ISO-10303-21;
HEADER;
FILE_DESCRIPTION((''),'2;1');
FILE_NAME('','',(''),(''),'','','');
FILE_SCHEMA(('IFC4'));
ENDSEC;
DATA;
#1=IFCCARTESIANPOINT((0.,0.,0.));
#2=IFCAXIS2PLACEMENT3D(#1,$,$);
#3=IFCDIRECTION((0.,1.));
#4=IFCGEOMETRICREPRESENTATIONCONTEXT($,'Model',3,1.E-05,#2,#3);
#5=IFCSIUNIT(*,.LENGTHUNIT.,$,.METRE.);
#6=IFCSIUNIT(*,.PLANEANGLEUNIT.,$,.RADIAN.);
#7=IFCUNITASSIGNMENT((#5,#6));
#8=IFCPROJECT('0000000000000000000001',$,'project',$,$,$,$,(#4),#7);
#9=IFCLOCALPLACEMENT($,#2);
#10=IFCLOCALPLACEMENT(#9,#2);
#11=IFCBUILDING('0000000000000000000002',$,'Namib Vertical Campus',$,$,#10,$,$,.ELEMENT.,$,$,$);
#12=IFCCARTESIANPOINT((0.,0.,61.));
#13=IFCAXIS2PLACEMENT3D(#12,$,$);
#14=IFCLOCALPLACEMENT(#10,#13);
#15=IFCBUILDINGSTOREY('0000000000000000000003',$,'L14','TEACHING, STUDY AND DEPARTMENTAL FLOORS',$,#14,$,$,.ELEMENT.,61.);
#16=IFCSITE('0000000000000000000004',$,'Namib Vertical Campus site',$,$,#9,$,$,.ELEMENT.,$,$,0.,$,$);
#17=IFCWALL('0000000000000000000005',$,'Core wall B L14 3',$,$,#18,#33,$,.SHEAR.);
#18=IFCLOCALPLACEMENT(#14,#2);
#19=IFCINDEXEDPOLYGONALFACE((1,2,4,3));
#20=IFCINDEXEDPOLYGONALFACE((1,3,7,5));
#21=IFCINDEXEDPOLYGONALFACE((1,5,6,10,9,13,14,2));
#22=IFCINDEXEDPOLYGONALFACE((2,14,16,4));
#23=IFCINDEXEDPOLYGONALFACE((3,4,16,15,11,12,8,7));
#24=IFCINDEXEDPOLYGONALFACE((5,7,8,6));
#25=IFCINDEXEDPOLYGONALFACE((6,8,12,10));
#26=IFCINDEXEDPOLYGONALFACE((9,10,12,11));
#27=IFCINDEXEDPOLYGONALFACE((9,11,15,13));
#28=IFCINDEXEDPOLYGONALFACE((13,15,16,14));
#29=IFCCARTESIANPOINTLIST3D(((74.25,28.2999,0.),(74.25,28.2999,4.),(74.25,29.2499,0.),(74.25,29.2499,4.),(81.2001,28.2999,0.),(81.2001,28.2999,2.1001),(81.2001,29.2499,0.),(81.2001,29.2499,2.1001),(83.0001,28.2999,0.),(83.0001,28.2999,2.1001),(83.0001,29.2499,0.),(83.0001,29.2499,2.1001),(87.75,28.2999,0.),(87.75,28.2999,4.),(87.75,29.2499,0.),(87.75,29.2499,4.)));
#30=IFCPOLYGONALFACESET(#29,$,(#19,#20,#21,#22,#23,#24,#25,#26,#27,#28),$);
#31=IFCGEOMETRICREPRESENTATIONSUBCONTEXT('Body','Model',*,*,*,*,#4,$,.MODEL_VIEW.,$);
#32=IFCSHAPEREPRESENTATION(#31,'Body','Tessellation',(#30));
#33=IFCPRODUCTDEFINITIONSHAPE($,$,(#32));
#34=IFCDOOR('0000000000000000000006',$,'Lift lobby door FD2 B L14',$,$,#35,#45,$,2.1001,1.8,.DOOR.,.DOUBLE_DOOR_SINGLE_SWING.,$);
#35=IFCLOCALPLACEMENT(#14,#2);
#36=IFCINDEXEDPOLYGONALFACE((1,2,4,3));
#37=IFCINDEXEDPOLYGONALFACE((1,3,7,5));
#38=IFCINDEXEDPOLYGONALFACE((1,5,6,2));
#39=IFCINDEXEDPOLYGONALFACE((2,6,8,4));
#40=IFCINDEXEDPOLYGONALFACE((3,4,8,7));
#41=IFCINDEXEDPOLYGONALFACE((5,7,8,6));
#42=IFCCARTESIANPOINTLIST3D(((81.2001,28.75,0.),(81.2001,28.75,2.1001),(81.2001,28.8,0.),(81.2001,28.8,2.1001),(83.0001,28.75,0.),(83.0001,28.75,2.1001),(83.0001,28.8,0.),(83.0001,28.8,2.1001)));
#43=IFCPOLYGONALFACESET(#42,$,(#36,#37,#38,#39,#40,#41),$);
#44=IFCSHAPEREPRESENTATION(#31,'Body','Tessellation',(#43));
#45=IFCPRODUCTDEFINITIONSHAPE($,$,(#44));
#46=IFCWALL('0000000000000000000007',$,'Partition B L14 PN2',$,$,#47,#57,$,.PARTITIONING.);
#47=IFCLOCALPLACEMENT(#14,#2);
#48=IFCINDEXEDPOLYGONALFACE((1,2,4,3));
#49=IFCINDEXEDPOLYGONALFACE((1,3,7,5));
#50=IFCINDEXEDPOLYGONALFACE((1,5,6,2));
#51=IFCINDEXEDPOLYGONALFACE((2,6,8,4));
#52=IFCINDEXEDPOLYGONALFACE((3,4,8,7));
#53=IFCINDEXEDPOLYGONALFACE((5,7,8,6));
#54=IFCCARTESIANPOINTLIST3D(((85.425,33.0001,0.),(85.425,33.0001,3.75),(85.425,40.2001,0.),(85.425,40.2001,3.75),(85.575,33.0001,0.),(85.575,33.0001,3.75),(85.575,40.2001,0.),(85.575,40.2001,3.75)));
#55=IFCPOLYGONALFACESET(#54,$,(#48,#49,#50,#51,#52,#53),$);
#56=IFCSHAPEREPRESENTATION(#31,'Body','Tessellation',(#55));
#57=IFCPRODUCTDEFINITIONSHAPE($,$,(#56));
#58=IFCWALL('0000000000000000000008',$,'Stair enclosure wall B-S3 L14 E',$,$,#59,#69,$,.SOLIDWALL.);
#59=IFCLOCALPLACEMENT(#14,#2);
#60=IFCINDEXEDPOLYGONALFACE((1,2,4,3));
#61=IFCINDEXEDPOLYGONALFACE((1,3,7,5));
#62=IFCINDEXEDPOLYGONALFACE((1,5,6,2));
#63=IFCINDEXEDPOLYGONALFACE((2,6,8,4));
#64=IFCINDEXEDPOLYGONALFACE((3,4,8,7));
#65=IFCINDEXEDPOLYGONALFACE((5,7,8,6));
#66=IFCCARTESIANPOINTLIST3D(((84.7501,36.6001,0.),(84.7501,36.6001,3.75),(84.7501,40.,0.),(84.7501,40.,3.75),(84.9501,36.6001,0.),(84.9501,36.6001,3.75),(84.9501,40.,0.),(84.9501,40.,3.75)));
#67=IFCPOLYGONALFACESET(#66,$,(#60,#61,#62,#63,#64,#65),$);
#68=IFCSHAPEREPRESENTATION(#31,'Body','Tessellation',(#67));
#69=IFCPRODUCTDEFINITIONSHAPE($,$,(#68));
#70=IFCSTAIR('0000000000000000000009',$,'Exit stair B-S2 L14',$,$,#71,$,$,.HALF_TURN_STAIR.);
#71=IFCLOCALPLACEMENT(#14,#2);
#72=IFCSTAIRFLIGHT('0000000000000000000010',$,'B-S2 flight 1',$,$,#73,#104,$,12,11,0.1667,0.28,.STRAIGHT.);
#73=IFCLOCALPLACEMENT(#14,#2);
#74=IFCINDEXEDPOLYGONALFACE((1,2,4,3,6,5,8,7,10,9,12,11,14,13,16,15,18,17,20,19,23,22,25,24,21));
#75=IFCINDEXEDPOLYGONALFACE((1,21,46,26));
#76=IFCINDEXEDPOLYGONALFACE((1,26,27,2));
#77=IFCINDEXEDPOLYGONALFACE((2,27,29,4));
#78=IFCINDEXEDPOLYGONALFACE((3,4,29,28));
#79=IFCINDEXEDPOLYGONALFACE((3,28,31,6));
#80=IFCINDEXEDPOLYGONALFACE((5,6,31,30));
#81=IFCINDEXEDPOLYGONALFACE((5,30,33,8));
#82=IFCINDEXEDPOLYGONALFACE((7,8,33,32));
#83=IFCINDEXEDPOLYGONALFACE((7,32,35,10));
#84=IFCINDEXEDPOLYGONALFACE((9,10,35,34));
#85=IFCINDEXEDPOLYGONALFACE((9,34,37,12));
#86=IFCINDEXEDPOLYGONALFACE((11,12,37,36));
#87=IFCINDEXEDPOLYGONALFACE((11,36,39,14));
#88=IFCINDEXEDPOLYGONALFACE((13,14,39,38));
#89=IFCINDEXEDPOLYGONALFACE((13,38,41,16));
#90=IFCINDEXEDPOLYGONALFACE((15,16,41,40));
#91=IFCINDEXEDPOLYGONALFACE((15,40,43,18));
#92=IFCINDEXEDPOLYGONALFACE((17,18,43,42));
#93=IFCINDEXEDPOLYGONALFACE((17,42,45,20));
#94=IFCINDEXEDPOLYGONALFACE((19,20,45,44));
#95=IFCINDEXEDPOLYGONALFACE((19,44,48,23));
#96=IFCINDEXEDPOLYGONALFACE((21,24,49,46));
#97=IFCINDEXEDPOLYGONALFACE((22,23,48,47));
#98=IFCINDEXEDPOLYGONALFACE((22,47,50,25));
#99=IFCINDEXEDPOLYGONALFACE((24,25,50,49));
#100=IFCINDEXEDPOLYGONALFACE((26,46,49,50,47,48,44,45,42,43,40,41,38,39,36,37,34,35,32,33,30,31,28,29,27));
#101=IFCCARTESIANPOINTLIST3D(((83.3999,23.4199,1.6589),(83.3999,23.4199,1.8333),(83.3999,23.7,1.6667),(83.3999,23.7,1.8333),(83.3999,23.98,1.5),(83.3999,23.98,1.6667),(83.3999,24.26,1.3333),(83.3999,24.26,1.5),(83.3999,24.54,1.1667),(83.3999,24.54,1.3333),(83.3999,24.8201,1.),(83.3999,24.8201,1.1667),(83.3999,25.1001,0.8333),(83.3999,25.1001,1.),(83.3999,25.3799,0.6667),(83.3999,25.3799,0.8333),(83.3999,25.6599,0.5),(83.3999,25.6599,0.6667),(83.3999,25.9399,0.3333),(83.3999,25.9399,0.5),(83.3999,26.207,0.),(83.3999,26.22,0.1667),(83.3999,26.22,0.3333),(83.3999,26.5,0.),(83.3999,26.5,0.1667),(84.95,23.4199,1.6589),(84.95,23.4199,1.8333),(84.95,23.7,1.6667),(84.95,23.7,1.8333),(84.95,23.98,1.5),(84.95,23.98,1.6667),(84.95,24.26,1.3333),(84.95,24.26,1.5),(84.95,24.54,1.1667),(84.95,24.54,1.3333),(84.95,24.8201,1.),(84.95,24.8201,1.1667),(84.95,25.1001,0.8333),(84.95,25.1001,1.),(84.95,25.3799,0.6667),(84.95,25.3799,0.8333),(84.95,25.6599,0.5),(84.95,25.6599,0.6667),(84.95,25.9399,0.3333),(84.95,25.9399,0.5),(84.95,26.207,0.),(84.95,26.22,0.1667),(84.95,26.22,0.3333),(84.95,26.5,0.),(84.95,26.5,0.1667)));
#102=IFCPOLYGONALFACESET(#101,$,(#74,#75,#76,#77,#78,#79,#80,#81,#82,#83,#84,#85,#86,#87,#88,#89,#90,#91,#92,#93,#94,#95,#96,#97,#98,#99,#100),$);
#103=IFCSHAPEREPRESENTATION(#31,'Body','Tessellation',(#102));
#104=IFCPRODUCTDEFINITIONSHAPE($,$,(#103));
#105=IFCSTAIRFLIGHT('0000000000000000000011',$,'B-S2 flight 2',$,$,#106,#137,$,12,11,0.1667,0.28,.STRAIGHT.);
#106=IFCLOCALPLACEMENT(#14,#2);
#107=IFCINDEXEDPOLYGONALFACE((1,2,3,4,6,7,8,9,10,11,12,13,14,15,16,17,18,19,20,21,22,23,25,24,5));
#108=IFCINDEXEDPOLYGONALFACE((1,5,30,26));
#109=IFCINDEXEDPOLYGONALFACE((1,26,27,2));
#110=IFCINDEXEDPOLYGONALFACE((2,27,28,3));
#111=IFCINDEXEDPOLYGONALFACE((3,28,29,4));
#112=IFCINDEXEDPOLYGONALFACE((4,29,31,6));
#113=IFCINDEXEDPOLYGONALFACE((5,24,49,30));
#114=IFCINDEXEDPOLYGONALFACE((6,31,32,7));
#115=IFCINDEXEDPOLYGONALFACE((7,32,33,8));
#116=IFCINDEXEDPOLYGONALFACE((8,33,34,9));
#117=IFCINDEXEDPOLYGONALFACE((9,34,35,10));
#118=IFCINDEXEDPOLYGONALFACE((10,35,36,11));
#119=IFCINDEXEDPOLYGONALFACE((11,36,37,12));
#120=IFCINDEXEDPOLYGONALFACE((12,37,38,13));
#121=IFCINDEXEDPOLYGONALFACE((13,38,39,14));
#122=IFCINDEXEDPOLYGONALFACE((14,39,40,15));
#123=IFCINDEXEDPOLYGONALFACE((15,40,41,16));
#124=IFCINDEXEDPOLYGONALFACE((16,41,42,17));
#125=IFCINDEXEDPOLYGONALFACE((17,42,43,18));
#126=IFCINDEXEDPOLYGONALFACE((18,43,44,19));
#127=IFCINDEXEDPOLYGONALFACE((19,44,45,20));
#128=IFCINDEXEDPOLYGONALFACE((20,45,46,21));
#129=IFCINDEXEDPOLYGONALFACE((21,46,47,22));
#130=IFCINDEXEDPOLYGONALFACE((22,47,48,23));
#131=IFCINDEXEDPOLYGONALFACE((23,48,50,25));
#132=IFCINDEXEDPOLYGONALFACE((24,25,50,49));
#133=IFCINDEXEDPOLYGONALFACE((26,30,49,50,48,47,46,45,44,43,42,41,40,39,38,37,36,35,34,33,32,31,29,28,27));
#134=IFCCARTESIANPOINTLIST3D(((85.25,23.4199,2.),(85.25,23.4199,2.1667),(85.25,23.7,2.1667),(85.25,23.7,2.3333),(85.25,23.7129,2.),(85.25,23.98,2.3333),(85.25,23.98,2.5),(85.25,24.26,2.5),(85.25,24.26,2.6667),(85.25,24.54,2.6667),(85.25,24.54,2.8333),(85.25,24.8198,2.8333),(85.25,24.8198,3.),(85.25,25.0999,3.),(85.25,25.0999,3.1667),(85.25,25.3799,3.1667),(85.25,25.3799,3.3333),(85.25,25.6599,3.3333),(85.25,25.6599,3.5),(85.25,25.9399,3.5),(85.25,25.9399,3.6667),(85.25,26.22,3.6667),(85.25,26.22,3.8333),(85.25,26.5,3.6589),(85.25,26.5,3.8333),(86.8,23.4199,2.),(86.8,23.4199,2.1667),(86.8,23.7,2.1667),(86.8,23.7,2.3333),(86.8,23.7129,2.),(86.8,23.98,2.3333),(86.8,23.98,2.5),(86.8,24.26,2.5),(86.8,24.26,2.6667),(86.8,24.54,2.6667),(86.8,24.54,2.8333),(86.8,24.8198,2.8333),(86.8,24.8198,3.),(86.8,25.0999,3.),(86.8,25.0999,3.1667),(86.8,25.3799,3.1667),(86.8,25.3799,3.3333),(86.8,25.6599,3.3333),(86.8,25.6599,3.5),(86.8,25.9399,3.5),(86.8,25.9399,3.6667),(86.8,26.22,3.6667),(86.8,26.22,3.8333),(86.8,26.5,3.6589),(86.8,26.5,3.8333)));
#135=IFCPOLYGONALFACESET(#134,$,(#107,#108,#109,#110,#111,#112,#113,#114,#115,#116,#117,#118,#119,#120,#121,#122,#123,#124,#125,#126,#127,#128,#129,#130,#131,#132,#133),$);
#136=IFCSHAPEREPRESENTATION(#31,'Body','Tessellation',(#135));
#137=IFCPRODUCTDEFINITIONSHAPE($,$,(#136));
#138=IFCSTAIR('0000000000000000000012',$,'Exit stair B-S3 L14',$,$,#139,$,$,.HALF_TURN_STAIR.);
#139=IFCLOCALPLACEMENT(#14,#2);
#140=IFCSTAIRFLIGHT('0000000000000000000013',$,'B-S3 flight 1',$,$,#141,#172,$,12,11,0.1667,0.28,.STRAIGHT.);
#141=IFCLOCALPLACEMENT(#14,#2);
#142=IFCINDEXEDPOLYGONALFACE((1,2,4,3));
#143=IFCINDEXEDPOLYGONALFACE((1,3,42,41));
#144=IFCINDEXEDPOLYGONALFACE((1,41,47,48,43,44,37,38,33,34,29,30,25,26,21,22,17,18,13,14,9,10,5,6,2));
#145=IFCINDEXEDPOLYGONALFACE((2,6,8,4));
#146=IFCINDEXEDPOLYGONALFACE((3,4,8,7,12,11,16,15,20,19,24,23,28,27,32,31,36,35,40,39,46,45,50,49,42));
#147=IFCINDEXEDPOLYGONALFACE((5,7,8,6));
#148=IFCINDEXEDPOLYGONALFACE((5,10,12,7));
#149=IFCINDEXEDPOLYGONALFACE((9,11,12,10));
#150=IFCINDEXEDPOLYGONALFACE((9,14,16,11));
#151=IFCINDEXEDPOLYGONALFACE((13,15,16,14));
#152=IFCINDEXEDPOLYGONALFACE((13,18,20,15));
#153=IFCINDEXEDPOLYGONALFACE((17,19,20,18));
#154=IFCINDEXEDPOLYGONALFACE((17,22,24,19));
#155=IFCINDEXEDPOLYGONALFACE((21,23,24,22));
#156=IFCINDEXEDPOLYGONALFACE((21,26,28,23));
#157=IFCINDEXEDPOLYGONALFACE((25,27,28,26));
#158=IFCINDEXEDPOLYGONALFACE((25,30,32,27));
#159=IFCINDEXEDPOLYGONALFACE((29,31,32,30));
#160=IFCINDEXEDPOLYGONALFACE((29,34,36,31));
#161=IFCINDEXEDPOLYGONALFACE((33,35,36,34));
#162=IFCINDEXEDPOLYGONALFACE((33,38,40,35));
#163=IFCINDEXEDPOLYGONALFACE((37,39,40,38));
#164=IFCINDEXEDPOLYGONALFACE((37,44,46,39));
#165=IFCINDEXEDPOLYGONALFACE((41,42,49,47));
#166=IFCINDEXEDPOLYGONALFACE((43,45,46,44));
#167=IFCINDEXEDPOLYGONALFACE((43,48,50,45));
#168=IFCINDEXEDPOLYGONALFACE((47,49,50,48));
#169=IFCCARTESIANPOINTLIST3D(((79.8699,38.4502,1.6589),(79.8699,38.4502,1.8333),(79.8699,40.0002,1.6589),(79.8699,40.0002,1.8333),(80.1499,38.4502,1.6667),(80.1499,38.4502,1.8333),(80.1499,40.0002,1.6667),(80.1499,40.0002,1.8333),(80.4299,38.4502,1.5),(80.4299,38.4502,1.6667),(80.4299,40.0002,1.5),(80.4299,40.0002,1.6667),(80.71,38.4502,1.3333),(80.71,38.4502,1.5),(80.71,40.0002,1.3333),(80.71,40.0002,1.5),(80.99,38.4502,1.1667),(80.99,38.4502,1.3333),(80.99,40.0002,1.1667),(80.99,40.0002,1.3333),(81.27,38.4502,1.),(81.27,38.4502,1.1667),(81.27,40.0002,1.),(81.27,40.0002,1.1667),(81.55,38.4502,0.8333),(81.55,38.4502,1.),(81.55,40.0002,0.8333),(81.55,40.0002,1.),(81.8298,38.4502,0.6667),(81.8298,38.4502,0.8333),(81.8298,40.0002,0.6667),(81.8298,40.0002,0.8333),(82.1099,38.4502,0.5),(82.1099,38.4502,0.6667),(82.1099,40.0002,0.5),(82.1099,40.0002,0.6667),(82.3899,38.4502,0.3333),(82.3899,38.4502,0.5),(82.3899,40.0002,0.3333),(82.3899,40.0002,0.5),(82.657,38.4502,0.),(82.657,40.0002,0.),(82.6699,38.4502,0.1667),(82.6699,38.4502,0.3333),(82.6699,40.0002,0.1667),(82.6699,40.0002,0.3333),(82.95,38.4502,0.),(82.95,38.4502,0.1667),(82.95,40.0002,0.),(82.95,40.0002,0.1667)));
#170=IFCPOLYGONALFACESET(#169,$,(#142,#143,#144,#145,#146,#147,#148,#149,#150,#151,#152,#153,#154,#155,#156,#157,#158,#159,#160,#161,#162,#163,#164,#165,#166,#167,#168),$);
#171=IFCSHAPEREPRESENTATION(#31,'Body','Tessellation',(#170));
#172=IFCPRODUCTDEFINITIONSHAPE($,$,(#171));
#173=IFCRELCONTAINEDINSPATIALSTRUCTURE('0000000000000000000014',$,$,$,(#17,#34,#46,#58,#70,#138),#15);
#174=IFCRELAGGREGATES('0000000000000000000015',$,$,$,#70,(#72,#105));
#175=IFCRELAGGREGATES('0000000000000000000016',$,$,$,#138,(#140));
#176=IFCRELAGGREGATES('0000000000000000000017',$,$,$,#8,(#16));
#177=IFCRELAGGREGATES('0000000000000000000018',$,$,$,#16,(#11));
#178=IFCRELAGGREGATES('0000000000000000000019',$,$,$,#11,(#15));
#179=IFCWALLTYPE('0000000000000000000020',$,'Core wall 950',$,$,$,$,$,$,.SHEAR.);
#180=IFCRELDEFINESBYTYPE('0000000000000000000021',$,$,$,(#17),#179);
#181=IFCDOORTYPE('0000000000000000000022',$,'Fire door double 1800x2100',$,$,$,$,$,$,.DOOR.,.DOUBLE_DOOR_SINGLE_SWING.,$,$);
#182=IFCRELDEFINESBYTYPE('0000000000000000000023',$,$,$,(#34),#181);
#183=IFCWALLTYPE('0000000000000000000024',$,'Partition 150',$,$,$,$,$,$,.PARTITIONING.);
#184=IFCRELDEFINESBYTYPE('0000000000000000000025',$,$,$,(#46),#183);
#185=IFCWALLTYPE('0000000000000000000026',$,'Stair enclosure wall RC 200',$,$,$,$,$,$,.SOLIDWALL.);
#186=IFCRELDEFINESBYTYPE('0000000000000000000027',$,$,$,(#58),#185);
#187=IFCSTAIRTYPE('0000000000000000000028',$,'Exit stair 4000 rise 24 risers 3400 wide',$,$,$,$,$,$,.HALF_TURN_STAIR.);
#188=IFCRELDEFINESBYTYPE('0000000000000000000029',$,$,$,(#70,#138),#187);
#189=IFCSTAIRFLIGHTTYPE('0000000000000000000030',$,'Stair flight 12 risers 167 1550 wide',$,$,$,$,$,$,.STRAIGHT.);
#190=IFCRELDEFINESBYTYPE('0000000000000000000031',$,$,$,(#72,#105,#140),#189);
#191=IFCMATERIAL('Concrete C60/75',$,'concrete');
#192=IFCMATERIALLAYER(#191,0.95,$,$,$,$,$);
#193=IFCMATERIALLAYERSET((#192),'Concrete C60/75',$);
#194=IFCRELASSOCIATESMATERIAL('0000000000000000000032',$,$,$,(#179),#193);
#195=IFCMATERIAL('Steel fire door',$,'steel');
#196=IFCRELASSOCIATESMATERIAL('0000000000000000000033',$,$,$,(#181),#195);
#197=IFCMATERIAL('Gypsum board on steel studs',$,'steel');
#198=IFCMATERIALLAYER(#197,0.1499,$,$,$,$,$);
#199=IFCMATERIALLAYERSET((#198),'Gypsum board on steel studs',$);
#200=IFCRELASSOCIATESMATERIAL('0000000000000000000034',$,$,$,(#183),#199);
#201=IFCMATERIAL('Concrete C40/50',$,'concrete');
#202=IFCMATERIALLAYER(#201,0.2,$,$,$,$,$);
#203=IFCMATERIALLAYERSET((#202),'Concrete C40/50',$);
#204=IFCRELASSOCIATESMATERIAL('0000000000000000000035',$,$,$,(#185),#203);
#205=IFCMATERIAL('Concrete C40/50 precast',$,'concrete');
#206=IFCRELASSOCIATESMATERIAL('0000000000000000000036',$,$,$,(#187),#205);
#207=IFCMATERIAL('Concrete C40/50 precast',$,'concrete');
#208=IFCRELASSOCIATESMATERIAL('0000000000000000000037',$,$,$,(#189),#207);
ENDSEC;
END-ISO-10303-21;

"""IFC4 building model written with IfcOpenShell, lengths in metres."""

from ifc_helpers import new_model, si_unit, direction, frame, frame_2d, origin, place, context, subcontext, project, spatial, polyline, rectangle, outline, extrude, material, layer, layer_set, type_object, element, fill, aggregate, save


model = new_model("IFC4")

# Units and contexts
model_context = context("Model", 3, precision=1e-05, world=origin(), true_north=direction((0.0, 1.0)))
body_context = subcontext(model_context, "Body", "Model", "MODEL_VIEW")
ifc_project = project(units=[si_unit("LENGTHUNIT", "METRE"), si_unit("PLANEANGLEUNIT", "RADIAN")], contexts=[model_context])

# Site, building, storey
site_placement = place(None, origin())
site = spatial("IfcSite", under=ifc_project, at=site_placement, Name="Namib Vertical Campus site", CompositionType="ELEMENT", RefElevation=0.0)
building_placement = place(site_placement, origin())
building = spatial("IfcBuilding", under=site, at=building_placement, Name="Namib Vertical Campus", CompositionType="ELEMENT")
storey_placement = place(building_placement, frame((0.0, 0.0, 61.0)))
storey = spatial("IfcBuildingStorey", under=building, at=storey_placement, Name="L14", Description="TEACHING, STUDY AND DEPARTMENTAL FLOORS", CompositionType="ELEMENT", Elevation=61.0)

# Wall, opening, door
ifc_material_1 = material(Name="Concrete C60/75", Category="concrete")
ifc_layer_1 = layer(ifc_material_1, 0.95)
ifc_layer_set_1 = layer_set([ifc_layer_1], Name="Concrete C60/75")
wall_type_1 = type_object("IfcWallType", Name="Core wall 950", PredefinedType="SHEAR", material=ifc_layer_set_1)
wall_1_placement = place(storey_placement, frame((87.75, 28.7749, 0.0), z_axis=(0.0, 0.0, 1.0), x_axis=(-1.0, 0.0, 0.0)))
wall_1 = element("IfcWall", 1, at=wall_1_placement, inside=storey, type_object=wall_type_1, Name="Core wall B L14 3", PredefinedType="SHEAR", context=body_context, shape_type="SweptSolid", body=[
    extrude(rectangle(XDim=13.5, YDim=0.95, at=frame_2d((6.75, 0.0))), origin(), (0.0, 0.0, 1.0), 4.0),
])
opening_placement = place(wall_1_placement, frame((4.75, 0.0, 0.0)))
opening = element("IfcOpeningElement", 2, at=opening_placement, cuts=wall_1, PredefinedType="OPENING", context=body_context, shape_type="SweptSolid", body=[
    extrude(rectangle(XDim=1.8, YDim=2.1001, at=frame_2d((0.8999, 1.05))), frame((0.0, 0.4849, 0.0), z_axis=(0.0, -1.0, 0.0), x_axis=(1.0, 0.0, 0.0)), (0.0, 0.0, 1.0), 0.97),
])
ifc_material_2 = material(Name="Steel fire door", Category="steel")
door_type = type_object("IfcDoorType", Name="Fire door double 1800x2100", OperationType="DOUBLE_DOOR_SINGLE_SWING", PredefinedType="DOOR", material=ifc_material_2)
door_placement = place(opening_placement, origin())
door = element("IfcDoor", 3, at=door_placement, inside=storey, type_object=door_type, Name="Lift lobby door FD2 B L14", OperationType="DOUBLE_DOOR_SINGLE_SWING", OverallHeight=2.1001, OverallWidth=1.8, PredefinedType="DOOR", context=body_context, shape_type="SweptSolid", body=[
    extrude(rectangle(XDim=1.8, YDim=2.1001, at=frame_2d((0.8999, 1.05))), frame((0.0, 0.0249, 0.0), z_axis=(0.0, -1.0, 0.0), x_axis=(1.0, 0.0, 0.0)), (0.0, 0.0, 1.0), 0.05),
])
fill(opening, door)

# Walls
ifc_material_3 = material(Name="Gypsum board on steel studs", Category="steel")
ifc_layer_2 = layer(ifc_material_3, 0.1499)
ifc_layer_set_2 = layer_set([ifc_layer_2], Name="Gypsum board on steel studs")
wall_type_2 = type_object("IfcWallType", Name="Partition 150", PredefinedType="PARTITIONING", material=ifc_layer_set_2)
wall_2_placement = place(storey_placement, frame((85.5, 33.0, 0.0), z_axis=(0.0, 0.0, 1.0), x_axis=(0.0, 1.0, 0.0)))
element("IfcWall", 4, at=wall_2_placement, inside=storey, type_object=wall_type_2, Name="Partition B L14 PN2", PredefinedType="PARTITIONING", context=body_context, shape_type="SweptSolid", body=[
    extrude(rectangle(XDim=7.2, YDim=0.1499, at=frame_2d((3.6001, 0.0))), origin(), (0.0, 0.0, 1.0), 3.75),
])
ifc_material_4 = material(Name="Concrete C40/50", Category="concrete")
ifc_layer_3 = layer(ifc_material_4, 0.2)
ifc_layer_set_3 = layer_set([ifc_layer_3], Name="Concrete C40/50")
wall_type_3 = type_object("IfcWallType", Name="Stair enclosure wall RC 200", PredefinedType="SOLIDWALL", material=ifc_layer_set_3)
wall_3_placement = place(storey_placement, frame((84.8501, 36.6001, 0.0), z_axis=(0.0, 0.0, 1.0), x_axis=(0.0, 1.0, 0.0)))
element("IfcWall", 5, at=wall_3_placement, inside=storey, type_object=wall_type_3, Name="Stair enclosure wall B-S3 L14 E", PredefinedType="SOLIDWALL", context=body_context, shape_type="SweptSolid", body=[
    extrude(rectangle(XDim=3.3999, YDim=0.2, at=frame_2d((1.7, 0.0))), origin(), (0.0, 0.0, 1.0), 3.75),
])

# Stair, stair flights
ifc_material_5 = material(Name="Concrete C40/50 precast", Category="concrete")
stair_type = type_object("IfcStairType", Name="Exit stair 4000 rise 24 risers 3400 wide", PredefinedType="HALF_TURN_STAIR", material=ifc_material_5)
stair_1_placement = place(storey_placement, origin())
stair_1 = element("IfcStair", 6, at=stair_1_placement, inside=storey, type_object=stair_type, Name="Exit stair B-S2 L14", PredefinedType="HALF_TURN_STAIR")
ifc_material_6 = material(Name="Concrete C40/50 precast", Category="concrete")
stair_flight_type = type_object("IfcStairFlightType", Name="Stair flight 12 risers 167 1550 wide", PredefinedType="STRAIGHT", material=ifc_material_6)
stair_flight_1_placement = place(storey_placement, frame((84.175, 26.5, 0.0), z_axis=(0.0, 0.0, 1.0), x_axis=(0.0, -1.0, 0.0)))
stair_flight_1 = element("IfcStairFlight", 7, at=stair_flight_1_placement, type_object=stair_flight_type, Name="B-S2 flight 1", NumberOfRisers=12, NumberOfTreads=11, PredefinedType="STRAIGHT", RiserHeight=0.1667, TreadLength=0.28, context=body_context, shape_type="SweptSolid", body=[
    extrude(outline(polyline([(0.0, 0.0), (0.0, 0.1667), (0.28, 0.1667), (0.28, 0.3333), (0.5601, 0.3333), (0.5601, 0.5), (0.8401, 0.5), (0.8401, 0.6667), (1.1201, 0.6667), (1.1201, 0.8333), (1.3999, 0.8333), (1.3999, 1.0), (1.6799, 1.0), (1.6799, 1.1667), (1.96, 1.1667), (1.96, 1.3333), (2.24, 1.3333), (2.24, 1.5), (2.52, 1.5), (2.52, 1.6667), (2.8, 1.6667), (2.8, 1.8333), (3.0801, 1.8333), (3.0801, 2.0), (3.0801, 1.6589), (0.293, 0.0), (0.0, 0.0)])), frame((0.0, 0.7749, 0.0), z_axis=(0.0, -1.0, 0.0), x_axis=(1.0, 0.0, 0.0)), (0.0, 0.0, 1.0), 1.55),
])
stair_flight_2_placement = place(storey_placement, frame((86.0249, 23.4199, 2.0), z_axis=(0.0, 0.0, 1.0), x_axis=(0.0, 1.0, 0.0)))
stair_flight_2 = element("IfcStairFlight", 8, at=stair_flight_2_placement, type_object=stair_flight_type, Name="B-S2 flight 2", NumberOfRisers=12, NumberOfTreads=11, PredefinedType="STRAIGHT", RiserHeight=0.1667, TreadLength=0.28, context=body_context, shape_type="SweptSolid", body=[
    extrude(outline(polyline([(0.0, 0.0), (0.0, 0.1667), (0.28, 0.1667), (0.28, 0.3333), (0.5601, 0.3333), (0.5601, 0.5), (0.8401, 0.5), (0.8401, 0.6667), (1.1201, 0.6667), (1.1201, 0.8333), (1.3999, 0.8333), (1.3999, 1.0), (1.6799, 1.0), (1.6799, 1.1667), (1.96, 1.1667), (1.96, 1.3333), (2.24, 1.3333), (2.24, 1.5), (2.52, 1.5), (2.52, 1.6667), (2.8, 1.6667), (2.8, 1.8333), (3.0801, 1.8333), (3.0801, 2.0), (3.0801, 1.6589), (0.293, 0.0), (0.0, 0.0)])), frame((0.0, 0.7749, 0.0), z_axis=(0.0, -1.0, 0.0), x_axis=(1.0, 0.0, 0.0)), (0.0, 0.0, 1.0), 1.55),
])
aggregate(stair_1, [stair_flight_1, stair_flight_2])

# Stair, stair flight
stair_2_placement = place(storey_placement, origin())
stair_2 = element("IfcStair", 9, at=stair_2_placement, inside=storey, type_object=stair_type, Name="Exit stair B-S3 L14", PredefinedType="HALF_TURN_STAIR")
stair_flight_3_placement = place(storey_placement, frame((82.95, 39.2251, 0.0), z_axis=(0.0, 0.0, 1.0), x_axis=(-1.0, 0.0, 0.0)))
stair_flight_3 = element("IfcStairFlight", 10, at=stair_flight_3_placement, type_object=stair_flight_type, Name="B-S3 flight 1", NumberOfRisers=12, NumberOfTreads=11, PredefinedType="STRAIGHT", RiserHeight=0.1667, TreadLength=0.28, context=body_context, shape_type="SweptSolid", body=[
    extrude(outline(polyline([(0.0, 0.0), (0.0, 0.1667), (0.28, 0.1667), (0.28, 0.3333), (0.5601, 0.3333), (0.5601, 0.5), (0.8401, 0.5), (0.8401, 0.6667), (1.1201, 0.6667), (1.1201, 0.8333), (1.3999, 0.8333), (1.3999, 1.0), (1.6799, 1.0), (1.6799, 1.1667), (1.96, 1.1667), (1.96, 1.3333), (2.24, 1.3333), (2.24, 1.5), (2.52, 1.5), (2.52, 1.6667), (2.8, 1.6667), (2.8, 1.8333), (3.0801, 1.8333), (3.0801, 2.0), (3.0801, 1.6589), (0.293, 0.0), (0.0, 0.0)])), frame((0.0, 0.7749, 0.0), z_axis=(0.0, -1.0, 0.0), x_axis=(1.0, 0.0, 0.0)), (0.0, 0.0, 1.0), 1.55),
])
aggregate(stair_2, [stair_flight_3])

save(model, "model.ifc")
